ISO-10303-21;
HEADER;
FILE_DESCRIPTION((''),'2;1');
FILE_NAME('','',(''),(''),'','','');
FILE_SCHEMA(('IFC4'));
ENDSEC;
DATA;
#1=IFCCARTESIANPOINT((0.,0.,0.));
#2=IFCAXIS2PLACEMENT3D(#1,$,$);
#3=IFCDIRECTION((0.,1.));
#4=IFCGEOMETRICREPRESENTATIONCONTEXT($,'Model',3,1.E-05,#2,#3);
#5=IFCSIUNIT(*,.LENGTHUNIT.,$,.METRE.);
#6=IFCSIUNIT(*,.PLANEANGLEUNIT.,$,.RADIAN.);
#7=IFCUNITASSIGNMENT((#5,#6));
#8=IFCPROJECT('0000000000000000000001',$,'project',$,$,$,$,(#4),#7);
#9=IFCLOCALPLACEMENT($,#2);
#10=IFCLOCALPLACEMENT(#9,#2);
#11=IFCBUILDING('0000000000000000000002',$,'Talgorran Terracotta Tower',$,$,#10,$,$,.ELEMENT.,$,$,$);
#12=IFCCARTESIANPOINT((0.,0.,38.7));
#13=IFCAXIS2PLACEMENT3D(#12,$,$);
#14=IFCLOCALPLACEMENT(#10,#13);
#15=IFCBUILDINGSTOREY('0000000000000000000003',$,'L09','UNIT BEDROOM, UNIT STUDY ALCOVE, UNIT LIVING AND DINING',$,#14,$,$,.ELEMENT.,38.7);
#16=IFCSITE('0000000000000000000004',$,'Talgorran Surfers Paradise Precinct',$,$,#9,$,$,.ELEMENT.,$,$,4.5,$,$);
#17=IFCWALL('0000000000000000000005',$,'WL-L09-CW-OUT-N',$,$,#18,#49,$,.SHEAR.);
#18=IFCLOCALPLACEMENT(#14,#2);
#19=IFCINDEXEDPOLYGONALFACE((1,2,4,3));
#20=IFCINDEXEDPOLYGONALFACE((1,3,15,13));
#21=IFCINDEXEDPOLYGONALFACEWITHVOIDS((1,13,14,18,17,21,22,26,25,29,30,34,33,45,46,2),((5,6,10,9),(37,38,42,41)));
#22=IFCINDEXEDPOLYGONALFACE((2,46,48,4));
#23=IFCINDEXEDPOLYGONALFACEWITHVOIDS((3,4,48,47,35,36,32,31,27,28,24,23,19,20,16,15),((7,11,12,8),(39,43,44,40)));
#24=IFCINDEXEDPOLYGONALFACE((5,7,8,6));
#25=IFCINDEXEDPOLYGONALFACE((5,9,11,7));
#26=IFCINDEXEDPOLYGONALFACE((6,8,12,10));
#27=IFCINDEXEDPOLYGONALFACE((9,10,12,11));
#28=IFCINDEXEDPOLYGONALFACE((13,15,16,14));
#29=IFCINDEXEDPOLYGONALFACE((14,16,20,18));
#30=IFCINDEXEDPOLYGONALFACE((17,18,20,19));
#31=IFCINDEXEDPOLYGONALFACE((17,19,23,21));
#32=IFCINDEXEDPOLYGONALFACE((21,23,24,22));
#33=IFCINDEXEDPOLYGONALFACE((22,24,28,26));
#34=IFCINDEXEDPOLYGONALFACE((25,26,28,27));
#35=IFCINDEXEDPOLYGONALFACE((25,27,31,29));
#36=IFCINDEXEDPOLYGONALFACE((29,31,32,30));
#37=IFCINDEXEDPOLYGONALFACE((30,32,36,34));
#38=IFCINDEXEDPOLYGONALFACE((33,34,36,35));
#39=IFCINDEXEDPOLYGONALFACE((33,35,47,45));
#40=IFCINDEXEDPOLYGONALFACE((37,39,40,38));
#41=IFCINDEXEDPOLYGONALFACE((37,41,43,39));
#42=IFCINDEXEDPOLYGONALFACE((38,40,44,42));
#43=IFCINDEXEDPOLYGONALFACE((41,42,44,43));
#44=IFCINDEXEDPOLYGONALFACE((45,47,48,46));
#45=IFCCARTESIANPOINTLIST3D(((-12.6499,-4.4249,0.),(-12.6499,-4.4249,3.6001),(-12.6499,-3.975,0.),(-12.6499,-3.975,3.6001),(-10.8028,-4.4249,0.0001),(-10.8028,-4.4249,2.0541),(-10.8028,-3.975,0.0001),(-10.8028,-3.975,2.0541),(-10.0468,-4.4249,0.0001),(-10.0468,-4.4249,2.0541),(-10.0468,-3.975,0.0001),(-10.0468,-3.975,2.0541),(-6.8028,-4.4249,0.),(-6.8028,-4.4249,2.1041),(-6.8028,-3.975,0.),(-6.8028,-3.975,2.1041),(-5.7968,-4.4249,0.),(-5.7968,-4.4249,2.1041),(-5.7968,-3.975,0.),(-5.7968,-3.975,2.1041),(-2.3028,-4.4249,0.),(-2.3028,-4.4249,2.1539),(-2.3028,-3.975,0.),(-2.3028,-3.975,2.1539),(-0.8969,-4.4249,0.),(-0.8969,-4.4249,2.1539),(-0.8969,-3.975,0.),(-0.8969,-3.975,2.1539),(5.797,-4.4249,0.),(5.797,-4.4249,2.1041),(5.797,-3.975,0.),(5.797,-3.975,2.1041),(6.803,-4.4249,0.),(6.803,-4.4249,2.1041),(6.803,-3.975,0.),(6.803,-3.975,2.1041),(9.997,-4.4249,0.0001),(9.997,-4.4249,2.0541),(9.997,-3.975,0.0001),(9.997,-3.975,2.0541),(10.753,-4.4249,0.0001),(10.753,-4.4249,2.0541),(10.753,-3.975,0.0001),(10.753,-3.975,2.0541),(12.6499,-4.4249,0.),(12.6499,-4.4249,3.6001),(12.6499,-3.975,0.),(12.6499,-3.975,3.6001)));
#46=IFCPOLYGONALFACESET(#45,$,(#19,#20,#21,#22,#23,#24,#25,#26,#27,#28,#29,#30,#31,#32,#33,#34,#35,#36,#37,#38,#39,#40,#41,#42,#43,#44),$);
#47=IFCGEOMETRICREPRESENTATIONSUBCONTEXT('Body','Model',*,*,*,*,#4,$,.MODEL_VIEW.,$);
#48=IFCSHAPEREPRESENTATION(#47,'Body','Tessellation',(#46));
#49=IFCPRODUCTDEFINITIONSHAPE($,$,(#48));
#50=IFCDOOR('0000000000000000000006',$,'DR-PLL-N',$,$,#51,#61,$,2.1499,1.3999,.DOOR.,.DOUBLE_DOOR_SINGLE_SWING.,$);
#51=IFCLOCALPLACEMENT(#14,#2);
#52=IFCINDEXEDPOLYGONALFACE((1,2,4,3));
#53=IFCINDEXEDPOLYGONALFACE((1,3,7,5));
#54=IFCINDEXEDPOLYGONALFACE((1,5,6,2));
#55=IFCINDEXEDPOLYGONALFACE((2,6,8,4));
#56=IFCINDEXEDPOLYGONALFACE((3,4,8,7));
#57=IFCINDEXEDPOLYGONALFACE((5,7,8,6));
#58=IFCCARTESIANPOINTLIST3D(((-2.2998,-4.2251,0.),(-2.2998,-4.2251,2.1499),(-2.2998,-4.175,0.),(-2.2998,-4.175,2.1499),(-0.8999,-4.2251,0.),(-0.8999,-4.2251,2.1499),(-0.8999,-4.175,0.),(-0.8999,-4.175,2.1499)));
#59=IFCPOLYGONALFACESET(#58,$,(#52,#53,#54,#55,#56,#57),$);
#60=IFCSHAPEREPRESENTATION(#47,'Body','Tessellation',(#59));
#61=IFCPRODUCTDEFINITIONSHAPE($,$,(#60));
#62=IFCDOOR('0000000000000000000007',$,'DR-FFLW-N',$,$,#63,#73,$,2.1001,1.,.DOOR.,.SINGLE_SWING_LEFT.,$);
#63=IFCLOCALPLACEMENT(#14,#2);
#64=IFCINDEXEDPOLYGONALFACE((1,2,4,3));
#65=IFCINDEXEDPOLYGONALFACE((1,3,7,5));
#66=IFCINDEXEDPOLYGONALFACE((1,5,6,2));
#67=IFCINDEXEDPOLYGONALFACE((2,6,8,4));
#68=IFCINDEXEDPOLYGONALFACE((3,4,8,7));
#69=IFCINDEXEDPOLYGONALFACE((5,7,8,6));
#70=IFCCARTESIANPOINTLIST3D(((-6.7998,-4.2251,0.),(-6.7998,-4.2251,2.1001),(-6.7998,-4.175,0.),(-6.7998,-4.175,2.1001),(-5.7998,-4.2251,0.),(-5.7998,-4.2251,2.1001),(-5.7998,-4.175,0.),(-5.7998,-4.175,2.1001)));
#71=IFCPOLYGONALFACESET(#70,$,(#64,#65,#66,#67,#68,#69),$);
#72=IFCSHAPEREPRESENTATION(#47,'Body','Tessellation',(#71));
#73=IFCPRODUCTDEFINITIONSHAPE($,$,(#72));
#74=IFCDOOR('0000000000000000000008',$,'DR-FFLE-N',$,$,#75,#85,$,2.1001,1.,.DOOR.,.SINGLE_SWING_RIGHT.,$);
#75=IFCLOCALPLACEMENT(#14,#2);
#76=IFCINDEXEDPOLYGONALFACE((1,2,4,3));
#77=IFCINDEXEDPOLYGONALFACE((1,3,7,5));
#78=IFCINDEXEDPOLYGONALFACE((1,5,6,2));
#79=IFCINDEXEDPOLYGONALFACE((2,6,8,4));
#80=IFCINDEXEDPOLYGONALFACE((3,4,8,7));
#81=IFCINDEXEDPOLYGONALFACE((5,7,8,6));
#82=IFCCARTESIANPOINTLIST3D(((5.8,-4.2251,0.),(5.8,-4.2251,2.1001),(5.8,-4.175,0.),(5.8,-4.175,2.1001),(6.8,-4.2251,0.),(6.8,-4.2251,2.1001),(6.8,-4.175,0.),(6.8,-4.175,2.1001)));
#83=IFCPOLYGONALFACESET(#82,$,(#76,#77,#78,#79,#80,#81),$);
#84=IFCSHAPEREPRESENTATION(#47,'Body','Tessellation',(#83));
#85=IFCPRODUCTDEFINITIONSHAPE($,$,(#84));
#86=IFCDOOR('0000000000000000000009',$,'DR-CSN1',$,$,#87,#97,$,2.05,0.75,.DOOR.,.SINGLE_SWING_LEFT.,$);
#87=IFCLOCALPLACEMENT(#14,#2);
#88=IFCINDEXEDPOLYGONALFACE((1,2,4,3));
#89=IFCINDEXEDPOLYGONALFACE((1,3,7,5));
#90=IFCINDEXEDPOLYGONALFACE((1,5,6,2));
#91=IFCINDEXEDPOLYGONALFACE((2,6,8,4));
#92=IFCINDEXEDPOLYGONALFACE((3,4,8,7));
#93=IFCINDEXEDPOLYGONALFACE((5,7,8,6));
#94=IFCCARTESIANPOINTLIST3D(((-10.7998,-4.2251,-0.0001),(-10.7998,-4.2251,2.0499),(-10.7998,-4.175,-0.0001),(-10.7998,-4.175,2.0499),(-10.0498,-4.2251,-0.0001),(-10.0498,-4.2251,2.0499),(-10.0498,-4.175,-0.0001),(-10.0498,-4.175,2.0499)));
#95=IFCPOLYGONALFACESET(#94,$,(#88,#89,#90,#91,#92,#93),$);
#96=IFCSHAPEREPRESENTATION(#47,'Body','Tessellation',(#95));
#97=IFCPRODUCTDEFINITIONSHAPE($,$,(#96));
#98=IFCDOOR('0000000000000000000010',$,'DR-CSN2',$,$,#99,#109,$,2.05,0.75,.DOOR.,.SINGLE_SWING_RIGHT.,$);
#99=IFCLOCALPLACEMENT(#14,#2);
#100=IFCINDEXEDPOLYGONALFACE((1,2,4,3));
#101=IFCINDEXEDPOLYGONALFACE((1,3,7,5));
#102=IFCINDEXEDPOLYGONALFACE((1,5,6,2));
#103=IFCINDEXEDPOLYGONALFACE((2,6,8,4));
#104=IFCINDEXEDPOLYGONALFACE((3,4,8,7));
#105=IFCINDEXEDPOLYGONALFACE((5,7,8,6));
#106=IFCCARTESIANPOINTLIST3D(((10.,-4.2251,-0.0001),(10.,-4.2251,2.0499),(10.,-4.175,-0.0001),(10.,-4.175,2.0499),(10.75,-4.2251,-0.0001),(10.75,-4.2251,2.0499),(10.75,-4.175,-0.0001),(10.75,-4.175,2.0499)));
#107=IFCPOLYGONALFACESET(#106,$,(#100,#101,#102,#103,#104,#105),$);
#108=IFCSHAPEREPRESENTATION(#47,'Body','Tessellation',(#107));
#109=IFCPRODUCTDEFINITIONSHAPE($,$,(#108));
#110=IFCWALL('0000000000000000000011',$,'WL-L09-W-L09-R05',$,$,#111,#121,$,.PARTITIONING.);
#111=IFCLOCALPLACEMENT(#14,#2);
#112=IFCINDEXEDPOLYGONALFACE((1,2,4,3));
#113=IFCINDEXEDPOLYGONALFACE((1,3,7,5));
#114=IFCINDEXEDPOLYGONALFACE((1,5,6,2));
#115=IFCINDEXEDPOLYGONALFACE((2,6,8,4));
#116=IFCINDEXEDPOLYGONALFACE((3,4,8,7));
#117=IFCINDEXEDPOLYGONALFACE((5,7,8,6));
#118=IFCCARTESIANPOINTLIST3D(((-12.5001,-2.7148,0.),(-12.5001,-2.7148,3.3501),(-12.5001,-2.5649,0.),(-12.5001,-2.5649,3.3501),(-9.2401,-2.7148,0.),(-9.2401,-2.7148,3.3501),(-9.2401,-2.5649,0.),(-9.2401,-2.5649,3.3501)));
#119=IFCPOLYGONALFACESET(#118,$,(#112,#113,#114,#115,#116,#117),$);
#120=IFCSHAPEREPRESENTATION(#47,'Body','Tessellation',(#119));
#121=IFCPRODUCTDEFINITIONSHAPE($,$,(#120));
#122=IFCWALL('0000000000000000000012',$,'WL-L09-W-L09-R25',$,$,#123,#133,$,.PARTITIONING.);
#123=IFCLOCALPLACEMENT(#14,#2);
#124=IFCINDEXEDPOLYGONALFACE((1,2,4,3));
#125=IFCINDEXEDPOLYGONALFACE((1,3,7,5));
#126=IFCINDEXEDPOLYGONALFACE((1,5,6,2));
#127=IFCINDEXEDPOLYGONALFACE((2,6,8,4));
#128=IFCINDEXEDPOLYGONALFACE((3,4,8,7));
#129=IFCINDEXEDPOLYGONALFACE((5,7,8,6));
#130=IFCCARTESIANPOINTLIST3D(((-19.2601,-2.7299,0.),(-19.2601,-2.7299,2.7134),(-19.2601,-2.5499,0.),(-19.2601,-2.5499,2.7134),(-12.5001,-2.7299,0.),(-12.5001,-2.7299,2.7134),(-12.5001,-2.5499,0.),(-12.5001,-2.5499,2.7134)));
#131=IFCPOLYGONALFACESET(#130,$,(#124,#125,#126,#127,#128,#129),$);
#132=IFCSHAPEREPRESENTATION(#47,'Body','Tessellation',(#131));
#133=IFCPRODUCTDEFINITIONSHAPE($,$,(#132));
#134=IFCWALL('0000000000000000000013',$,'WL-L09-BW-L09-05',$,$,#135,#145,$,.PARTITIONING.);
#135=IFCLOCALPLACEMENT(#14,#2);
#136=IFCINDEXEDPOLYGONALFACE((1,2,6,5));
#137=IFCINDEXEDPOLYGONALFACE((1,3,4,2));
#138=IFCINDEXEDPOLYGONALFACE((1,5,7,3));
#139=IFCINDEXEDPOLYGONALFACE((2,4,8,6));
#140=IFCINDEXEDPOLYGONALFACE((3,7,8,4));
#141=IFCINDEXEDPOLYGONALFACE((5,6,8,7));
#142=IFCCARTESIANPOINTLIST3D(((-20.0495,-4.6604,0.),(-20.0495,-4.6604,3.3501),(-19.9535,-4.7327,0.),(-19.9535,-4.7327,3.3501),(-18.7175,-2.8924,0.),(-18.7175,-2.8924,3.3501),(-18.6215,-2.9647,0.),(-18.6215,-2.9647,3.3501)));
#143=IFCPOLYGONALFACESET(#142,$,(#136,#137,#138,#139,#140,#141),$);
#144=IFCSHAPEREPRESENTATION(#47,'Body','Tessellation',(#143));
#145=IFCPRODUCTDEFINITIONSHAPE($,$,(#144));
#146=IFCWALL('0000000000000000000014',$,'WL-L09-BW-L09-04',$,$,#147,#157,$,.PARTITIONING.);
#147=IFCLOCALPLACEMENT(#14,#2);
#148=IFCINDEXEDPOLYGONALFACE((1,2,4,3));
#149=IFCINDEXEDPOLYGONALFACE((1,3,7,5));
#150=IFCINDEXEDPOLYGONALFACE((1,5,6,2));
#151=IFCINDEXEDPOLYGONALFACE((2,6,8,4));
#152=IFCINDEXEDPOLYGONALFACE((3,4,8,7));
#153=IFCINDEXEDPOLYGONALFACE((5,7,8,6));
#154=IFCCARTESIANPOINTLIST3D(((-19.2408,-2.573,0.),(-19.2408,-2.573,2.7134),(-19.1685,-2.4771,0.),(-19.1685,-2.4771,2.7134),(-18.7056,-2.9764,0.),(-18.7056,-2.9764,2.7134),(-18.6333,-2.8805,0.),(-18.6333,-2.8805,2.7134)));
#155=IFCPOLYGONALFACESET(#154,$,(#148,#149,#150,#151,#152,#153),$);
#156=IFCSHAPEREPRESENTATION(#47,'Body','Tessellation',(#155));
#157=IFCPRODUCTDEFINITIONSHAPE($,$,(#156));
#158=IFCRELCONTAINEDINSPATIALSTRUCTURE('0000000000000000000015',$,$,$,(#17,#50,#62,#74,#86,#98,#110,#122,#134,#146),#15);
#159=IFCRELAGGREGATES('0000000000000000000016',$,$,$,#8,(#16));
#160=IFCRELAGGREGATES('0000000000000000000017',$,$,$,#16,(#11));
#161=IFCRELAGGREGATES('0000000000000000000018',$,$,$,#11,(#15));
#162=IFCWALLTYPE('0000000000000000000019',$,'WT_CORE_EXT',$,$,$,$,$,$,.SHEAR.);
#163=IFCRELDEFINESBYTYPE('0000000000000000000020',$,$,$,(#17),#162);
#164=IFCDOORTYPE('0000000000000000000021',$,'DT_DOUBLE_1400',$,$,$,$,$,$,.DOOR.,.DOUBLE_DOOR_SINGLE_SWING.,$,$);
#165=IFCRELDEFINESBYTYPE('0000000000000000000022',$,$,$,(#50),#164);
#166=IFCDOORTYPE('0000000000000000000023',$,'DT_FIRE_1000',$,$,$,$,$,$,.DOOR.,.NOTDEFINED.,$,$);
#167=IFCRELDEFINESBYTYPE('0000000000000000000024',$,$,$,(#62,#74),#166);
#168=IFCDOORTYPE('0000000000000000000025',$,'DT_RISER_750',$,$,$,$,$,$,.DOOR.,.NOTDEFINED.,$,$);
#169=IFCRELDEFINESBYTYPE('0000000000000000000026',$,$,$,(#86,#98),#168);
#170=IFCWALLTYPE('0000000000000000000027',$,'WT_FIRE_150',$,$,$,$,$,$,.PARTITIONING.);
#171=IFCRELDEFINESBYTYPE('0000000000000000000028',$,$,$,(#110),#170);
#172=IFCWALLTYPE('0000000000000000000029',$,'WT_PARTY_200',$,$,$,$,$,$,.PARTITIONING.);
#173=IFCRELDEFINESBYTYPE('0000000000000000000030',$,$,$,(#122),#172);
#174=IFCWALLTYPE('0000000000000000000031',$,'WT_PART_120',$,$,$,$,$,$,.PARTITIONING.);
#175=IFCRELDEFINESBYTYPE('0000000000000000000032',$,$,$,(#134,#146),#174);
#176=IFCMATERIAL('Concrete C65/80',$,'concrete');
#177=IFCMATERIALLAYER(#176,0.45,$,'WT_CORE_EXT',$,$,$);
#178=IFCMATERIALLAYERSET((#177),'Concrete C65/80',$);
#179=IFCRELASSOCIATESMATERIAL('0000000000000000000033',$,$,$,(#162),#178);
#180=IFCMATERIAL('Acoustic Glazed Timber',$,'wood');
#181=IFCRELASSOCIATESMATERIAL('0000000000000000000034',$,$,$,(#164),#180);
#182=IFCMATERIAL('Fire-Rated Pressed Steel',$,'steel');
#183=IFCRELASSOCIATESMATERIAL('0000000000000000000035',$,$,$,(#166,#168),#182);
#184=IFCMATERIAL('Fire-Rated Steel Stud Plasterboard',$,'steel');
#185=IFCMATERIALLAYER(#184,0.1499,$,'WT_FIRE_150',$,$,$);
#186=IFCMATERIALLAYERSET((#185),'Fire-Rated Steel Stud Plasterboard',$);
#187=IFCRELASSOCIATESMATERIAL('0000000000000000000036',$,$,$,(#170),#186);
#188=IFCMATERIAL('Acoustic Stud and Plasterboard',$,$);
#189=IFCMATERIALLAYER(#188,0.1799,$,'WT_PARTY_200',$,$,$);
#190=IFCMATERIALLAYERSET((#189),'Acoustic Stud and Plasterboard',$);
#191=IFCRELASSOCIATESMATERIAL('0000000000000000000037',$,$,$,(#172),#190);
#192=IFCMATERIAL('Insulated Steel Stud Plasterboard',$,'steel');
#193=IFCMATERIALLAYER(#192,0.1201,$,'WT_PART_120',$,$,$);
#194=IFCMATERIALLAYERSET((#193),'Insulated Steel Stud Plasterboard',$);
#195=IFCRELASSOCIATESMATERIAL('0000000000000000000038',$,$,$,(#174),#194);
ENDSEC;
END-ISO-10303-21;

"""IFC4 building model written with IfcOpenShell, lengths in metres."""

from ifc_helpers import new_model, si_unit, direction, frame, frame_2d, origin, place, context, subcontext, project, spatial, rectangle, extrude, material, layer, layer_set, type_object, element, fill, save


model = new_model("IFC4")

# Units and contexts
model_context = context("Model", 3, precision=1e-05, world=origin(), true_north=direction((0.0, 1.0)))
body_context = subcontext(model_context, "Body", "Model", "MODEL_VIEW")
ifc_project = project(units=[si_unit("LENGTHUNIT", "METRE"), si_unit("PLANEANGLEUNIT", "RADIAN")], contexts=[model_context])

# Site, building, storey
site_placement = place(None, origin())
site = spatial("IfcSite", under=ifc_project, at=site_placement, Name="Talgorran Surfers Paradise Precinct", CompositionType="ELEMENT", RefElevation=4.5)
building_placement = place(site_placement, origin())
building = spatial("IfcBuilding", under=site, at=building_placement, Name="Talgorran Terracotta Tower", CompositionType="ELEMENT")
storey_placement = place(building_placement, frame((0.0, 0.0, 38.7)))
storey = spatial("IfcBuildingStorey", under=building, at=storey_placement, Name="L09", Description="UNIT BEDROOM, UNIT STUDY ALCOVE, UNIT LIVING AND DINING", CompositionType="ELEMENT", Elevation=38.7)

# Wall, openings, doors
ifc_material_1 = material(Name="Concrete C65/80", Category="concrete")
ifc_layer_1 = layer(ifc_material_1, 0.45, Name="WT_CORE_EXT")
ifc_layer_set_1 = layer_set([ifc_layer_1], Name="Concrete C65/80")
wall_type_1 = type_object("IfcWallType", Name="WT_CORE_EXT", PredefinedType="SHEAR", material=ifc_layer_set_1)
wall_1_placement = place(storey_placement, frame((-12.6499, -4.2, 0.0), z_axis=(0.0, 0.0, 1.0), x_axis=(1.0, 0.0, 0.0)))
wall_1 = element("IfcWall", 1, at=wall_1_placement, inside=storey, type_object=wall_type_1, Name="WL-L09-CW-OUT-N", PredefinedType="SHEAR", context=body_context, shape_type="SweptSolid", body=[
    extrude(rectangle(XDim=25.2998, YDim=0.45, at=frame_2d((12.6499, 0.0))), origin(), (0.0, 0.0, 1.0), 3.6001),
])
opening_1_placement = place(wall_1_placement, frame((1.8501, 0.0, 0.0)))
opening_1 = element("IfcOpeningElement", 2, at=opening_1_placement, cuts=wall_1, PredefinedType="OPENING", context=body_context, shape_type="SweptSolid", body=[
    extrude(rectangle(XDim=0.756, YDim=2.054, at=frame_2d((0.375, 1.0271))), frame((0.0, 0.2349, 0.0), z_axis=(0.0, -1.0, 0.0), x_axis=(1.0, 0.0, 0.0)), (0.0, 0.0, 1.0), 0.47),
])
opening_2_placement = place(wall_1_placement, frame((22.6499, 0.0, 0.0)))
opening_2 = element("IfcOpeningElement", 3, at=opening_2_placement, cuts=wall_1, PredefinedType="OPENING", context=body_context, shape_type="SweptSolid", body=[
    extrude(rectangle(XDim=0.756, YDim=2.054, at=frame_2d((0.375, 1.0271))), frame((0.0, 0.2349, 0.0), z_axis=(0.0, -1.0, 0.0), x_axis=(1.0, 0.0, 0.0)), (0.0, 0.0, 1.0), 0.47),
])
opening_3_placement = place(wall_1_placement, frame((5.8501, 0.0, 0.0)))
opening_3 = element("IfcOpeningElement", 4, at=opening_3_placement, cuts=wall_1, PredefinedType="OPENING", context=body_context, shape_type="SweptSolid", body=[
    extrude(rectangle(XDim=1.006, YDim=2.1041, at=frame_2d((0.5, 1.052))), frame((0.0, 0.2349, 0.0), z_axis=(0.0, -1.0, 0.0), x_axis=(1.0, 0.0, 0.0)), (0.0, 0.0, 1.0), 0.47),
])
opening_4_placement = place(wall_1_placement, frame((10.3501, 0.0, 0.0)))
opening_4 = element("IfcOpeningElement", 5, at=opening_4_placement, cuts=wall_1, PredefinedType="OPENING", context=body_context, shape_type="SweptSolid", body=[
    extrude(rectangle(XDim=1.4059, YDim=2.1539, at=frame_2d((0.7, 1.0769))), frame((0.0, 0.2349, 0.0), z_axis=(0.0, -1.0, 0.0), x_axis=(1.0, 0.0, 0.0)), (0.0, 0.0, 1.0), 0.47),
])
opening_5_placement = place(wall_1_placement, frame((18.45, 0.0, 0.0)))
opening_5 = element("IfcOpeningElement", 6, at=opening_5_placement, cuts=wall_1, PredefinedType="OPENING", context=body_context, shape_type="SweptSolid", body=[
    extrude(rectangle(XDim=1.006, YDim=2.1041, at=frame_2d((0.5, 1.052))), frame((0.0, 0.2349, 0.0), z_axis=(0.0, -1.0, 0.0), x_axis=(1.0, 0.0, 0.0)), (0.0, 0.0, 1.0), 0.47),
])
ifc_material_2 = material(Name="Acoustic Glazed Timber", Category="wood")
door_type_1 = type_object("IfcDoorType", Name="DT_DOUBLE_1400", OperationType="DOUBLE_DOOR_SINGLE_SWING", PredefinedType="DOOR", material=ifc_material_2)
door_1_placement = place(opening_4_placement, origin())
door_1 = element("IfcDoor", 7, at=door_1_placement, inside=storey, type_object=door_type_1, Name="DR-PLL-N", OperationType="DOUBLE_DOOR_SINGLE_SWING", OverallHeight=2.1499, OverallWidth=1.3999, PredefinedType="DOOR", context=body_context, shape_type="SweptSolid", body=[
    extrude(rectangle(XDim=1.3999, YDim=2.1499, at=frame_2d((0.7, 1.075))), frame((0.0, 0.0249, 0.0), z_axis=(0.0, -1.0, 0.0), x_axis=(1.0, 0.0, 0.0)), (0.0, 0.0, 1.0), 0.05),
])
fill(opening_4, door_1)
ifc_material_3 = material(Name="Fire-Rated Pressed Steel", Category="steel")
door_type_2 = type_object("IfcDoorType", Name="DT_FIRE_1000", OperationType="NOTDEFINED", PredefinedType="DOOR", material=ifc_material_3)
door_2_placement = place(opening_3_placement, origin())
door_2 = element("IfcDoor", 8, at=door_2_placement, inside=storey, type_object=door_type_2, Name="DR-FFLW-N", OperationType="SINGLE_SWING_LEFT", OverallHeight=2.1001, OverallWidth=1.0, PredefinedType="DOOR", context=body_context, shape_type="SweptSolid", body=[
    extrude(rectangle(XDim=1.0, YDim=2.1001, at=frame_2d((0.5, 1.05))), frame((0.0, 0.0249, 0.0), z_axis=(0.0, -1.0, 0.0), x_axis=(1.0, 0.0, 0.0)), (0.0, 0.0, 1.0), 0.05),
])
fill(opening_3, door_2)
door_3_placement = place(opening_5_placement, origin())
door_3 = element("IfcDoor", 9, at=door_3_placement, inside=storey, type_object=door_type_2, Name="DR-FFLE-N", OperationType="SINGLE_SWING_RIGHT", OverallHeight=2.1001, OverallWidth=1.0, PredefinedType="DOOR", context=body_context, shape_type="SweptSolid", body=[
    extrude(rectangle(XDim=1.0, YDim=2.1001, at=frame_2d((0.5, 1.05))), frame((0.0, 0.0249, 0.0), z_axis=(0.0, -1.0, 0.0), x_axis=(1.0, 0.0, 0.0)), (0.0, 0.0, 1.0), 0.05),
])
fill(opening_5, door_3)
door_type_3 = type_object("IfcDoorType", Name="DT_RISER_750", OperationType="NOTDEFINED", PredefinedType="DOOR", material=ifc_material_3)
door_4_placement = place(opening_1_placement, origin())
door_4 = element("IfcDoor", 10, at=door_4_placement, inside=storey, type_object=door_type_3, Name="DR-CSN1", OperationType="SINGLE_SWING_LEFT", OverallHeight=2.05, OverallWidth=0.75, PredefinedType="DOOR", context=body_context, shape_type="SweptSolid", body=[
    extrude(rectangle(XDim=0.75, YDim=2.05, at=frame_2d((0.375, 1.0249))), frame((0.0, 0.0249, 0.0), z_axis=(0.0, -1.0, 0.0), x_axis=(1.0, 0.0, 0.0)), (0.0, 0.0, 1.0), 0.05),
])
fill(opening_1, door_4)
door_5_placement = place(opening_2_placement, origin())
door_5 = element("IfcDoor", 11, at=door_5_placement, inside=storey, type_object=door_type_3, Name="DR-CSN2", OperationType="SINGLE_SWING_RIGHT", OverallHeight=2.05, OverallWidth=0.75, PredefinedType="DOOR", context=body_context, shape_type="SweptSolid", body=[
    extrude(rectangle(XDim=0.75, YDim=2.05, at=frame_2d((0.375, 1.0249))), frame((0.0, 0.0249, 0.0), z_axis=(0.0, -1.0, 0.0), x_axis=(1.0, 0.0, 0.0)), (0.0, 0.0, 1.0), 0.05),
])
fill(opening_2, door_5)

# Walls
ifc_material_4 = material(Name="Fire-Rated Steel Stud Plasterboard", Category="steel")
ifc_layer_2 = layer(ifc_material_4, 0.1499, Name="WT_FIRE_150")
ifc_layer_set_2 = layer_set([ifc_layer_2], Name="Fire-Rated Steel Stud Plasterboard")
wall_type_2 = type_object("IfcWallType", Name="WT_FIRE_150", PredefinedType="PARTITIONING", material=ifc_layer_set_2)
wall_2_placement = place(storey_placement, frame((-12.5, -2.6399, 0.0), z_axis=(0.0, 0.0, 1.0), x_axis=(1.0, 0.0, 0.0)))
element("IfcWall", 12, at=wall_2_placement, inside=storey, type_object=wall_type_2, Name="WL-L09-W-L09-R05", PredefinedType="PARTITIONING", context=body_context, shape_type="SweptSolid", body=[
    extrude(rectangle(XDim=3.26, YDim=0.1499, at=frame_2d((1.6299, 0.0))), origin(), (0.0, 0.0, 1.0), 3.3501),
])
ifc_material_5 = material(Name="Acoustic Stud and Plasterboard")
ifc_layer_3 = layer(ifc_material_5, 0.1799, Name="WT_PARTY_200")
ifc_layer_set_3 = layer_set([ifc_layer_3], Name="Acoustic Stud and Plasterboard")
wall_type_3 = type_object("IfcWallType", Name="WT_PARTY_200", PredefinedType="PARTITIONING", material=ifc_layer_set_3)
wall_3_placement = place(storey_placement, frame((-19.26, -2.6399, 0.0), z_axis=(0.0, 0.0, 1.0), x_axis=(1.0, 0.0, 0.0)))
element("IfcWall", 13, at=wall_3_placement, inside=storey, type_object=wall_type_3, Name="WL-L09-W-L09-R25", PredefinedType="PARTITIONING", context=body_context, shape_type="SweptSolid", body=[
    extrude(rectangle(XDim=6.76, YDim=0.1799, at=frame_2d((3.3799, 0.0))), origin(), (0.0, 0.0, 1.0), 2.7134),
])
ifc_material_6 = material(Name="Insulated Steel Stud Plasterboard", Category="steel")
ifc_layer_4 = layer(ifc_material_6, 0.1201, Name="WT_PART_120")
ifc_layer_set_4 = layer_set([ifc_layer_4], Name="Insulated Steel Stud Plasterboard")
wall_type_4 = type_object("IfcWallType", Name="WT_PART_120", PredefinedType="PARTITIONING", material=ifc_layer_set_4)
wall_4_placement = place(storey_placement, frame((-18.6694, -2.9285, 0.0), z_axis=(0.0, 0.0, 1.0), x_axis=(-0.601728, -0.798701, 0.0)))
element("IfcWall", 14, at=wall_4_placement, inside=storey, type_object=wall_type_4, Name="WL-L09-BW-L09-05", PredefinedType="PARTITIONING", context=body_context, shape_type="SweptSolid", body=[
    extrude(rectangle(XDim=2.2136, YDim=0.1201, at=frame_2d((1.1069, 0.0))), origin(), (0.0, 0.0, 1.0), 3.3501),
])
wall_5_placement = place(storey_placement, frame((-19.2046, -2.5251, 0.0), z_axis=(0.0, 0.0, 1.0), x_axis=(0.798599, -0.601864, 0.0)))
element("IfcWall", 15, at=wall_5_placement, inside=storey, type_object=wall_type_4, Name="WL-L09-BW-L09-04", PredefinedType="PARTITIONING", context=body_context, shape_type="SweptSolid", body=[
    extrude(rectangle(XDim=0.6702, YDim=0.1201, at=frame_2d((0.335, 0.0))), origin(), (0.0, 0.0, 1.0), 2.7134),
])

save(model, "model.ifc")
